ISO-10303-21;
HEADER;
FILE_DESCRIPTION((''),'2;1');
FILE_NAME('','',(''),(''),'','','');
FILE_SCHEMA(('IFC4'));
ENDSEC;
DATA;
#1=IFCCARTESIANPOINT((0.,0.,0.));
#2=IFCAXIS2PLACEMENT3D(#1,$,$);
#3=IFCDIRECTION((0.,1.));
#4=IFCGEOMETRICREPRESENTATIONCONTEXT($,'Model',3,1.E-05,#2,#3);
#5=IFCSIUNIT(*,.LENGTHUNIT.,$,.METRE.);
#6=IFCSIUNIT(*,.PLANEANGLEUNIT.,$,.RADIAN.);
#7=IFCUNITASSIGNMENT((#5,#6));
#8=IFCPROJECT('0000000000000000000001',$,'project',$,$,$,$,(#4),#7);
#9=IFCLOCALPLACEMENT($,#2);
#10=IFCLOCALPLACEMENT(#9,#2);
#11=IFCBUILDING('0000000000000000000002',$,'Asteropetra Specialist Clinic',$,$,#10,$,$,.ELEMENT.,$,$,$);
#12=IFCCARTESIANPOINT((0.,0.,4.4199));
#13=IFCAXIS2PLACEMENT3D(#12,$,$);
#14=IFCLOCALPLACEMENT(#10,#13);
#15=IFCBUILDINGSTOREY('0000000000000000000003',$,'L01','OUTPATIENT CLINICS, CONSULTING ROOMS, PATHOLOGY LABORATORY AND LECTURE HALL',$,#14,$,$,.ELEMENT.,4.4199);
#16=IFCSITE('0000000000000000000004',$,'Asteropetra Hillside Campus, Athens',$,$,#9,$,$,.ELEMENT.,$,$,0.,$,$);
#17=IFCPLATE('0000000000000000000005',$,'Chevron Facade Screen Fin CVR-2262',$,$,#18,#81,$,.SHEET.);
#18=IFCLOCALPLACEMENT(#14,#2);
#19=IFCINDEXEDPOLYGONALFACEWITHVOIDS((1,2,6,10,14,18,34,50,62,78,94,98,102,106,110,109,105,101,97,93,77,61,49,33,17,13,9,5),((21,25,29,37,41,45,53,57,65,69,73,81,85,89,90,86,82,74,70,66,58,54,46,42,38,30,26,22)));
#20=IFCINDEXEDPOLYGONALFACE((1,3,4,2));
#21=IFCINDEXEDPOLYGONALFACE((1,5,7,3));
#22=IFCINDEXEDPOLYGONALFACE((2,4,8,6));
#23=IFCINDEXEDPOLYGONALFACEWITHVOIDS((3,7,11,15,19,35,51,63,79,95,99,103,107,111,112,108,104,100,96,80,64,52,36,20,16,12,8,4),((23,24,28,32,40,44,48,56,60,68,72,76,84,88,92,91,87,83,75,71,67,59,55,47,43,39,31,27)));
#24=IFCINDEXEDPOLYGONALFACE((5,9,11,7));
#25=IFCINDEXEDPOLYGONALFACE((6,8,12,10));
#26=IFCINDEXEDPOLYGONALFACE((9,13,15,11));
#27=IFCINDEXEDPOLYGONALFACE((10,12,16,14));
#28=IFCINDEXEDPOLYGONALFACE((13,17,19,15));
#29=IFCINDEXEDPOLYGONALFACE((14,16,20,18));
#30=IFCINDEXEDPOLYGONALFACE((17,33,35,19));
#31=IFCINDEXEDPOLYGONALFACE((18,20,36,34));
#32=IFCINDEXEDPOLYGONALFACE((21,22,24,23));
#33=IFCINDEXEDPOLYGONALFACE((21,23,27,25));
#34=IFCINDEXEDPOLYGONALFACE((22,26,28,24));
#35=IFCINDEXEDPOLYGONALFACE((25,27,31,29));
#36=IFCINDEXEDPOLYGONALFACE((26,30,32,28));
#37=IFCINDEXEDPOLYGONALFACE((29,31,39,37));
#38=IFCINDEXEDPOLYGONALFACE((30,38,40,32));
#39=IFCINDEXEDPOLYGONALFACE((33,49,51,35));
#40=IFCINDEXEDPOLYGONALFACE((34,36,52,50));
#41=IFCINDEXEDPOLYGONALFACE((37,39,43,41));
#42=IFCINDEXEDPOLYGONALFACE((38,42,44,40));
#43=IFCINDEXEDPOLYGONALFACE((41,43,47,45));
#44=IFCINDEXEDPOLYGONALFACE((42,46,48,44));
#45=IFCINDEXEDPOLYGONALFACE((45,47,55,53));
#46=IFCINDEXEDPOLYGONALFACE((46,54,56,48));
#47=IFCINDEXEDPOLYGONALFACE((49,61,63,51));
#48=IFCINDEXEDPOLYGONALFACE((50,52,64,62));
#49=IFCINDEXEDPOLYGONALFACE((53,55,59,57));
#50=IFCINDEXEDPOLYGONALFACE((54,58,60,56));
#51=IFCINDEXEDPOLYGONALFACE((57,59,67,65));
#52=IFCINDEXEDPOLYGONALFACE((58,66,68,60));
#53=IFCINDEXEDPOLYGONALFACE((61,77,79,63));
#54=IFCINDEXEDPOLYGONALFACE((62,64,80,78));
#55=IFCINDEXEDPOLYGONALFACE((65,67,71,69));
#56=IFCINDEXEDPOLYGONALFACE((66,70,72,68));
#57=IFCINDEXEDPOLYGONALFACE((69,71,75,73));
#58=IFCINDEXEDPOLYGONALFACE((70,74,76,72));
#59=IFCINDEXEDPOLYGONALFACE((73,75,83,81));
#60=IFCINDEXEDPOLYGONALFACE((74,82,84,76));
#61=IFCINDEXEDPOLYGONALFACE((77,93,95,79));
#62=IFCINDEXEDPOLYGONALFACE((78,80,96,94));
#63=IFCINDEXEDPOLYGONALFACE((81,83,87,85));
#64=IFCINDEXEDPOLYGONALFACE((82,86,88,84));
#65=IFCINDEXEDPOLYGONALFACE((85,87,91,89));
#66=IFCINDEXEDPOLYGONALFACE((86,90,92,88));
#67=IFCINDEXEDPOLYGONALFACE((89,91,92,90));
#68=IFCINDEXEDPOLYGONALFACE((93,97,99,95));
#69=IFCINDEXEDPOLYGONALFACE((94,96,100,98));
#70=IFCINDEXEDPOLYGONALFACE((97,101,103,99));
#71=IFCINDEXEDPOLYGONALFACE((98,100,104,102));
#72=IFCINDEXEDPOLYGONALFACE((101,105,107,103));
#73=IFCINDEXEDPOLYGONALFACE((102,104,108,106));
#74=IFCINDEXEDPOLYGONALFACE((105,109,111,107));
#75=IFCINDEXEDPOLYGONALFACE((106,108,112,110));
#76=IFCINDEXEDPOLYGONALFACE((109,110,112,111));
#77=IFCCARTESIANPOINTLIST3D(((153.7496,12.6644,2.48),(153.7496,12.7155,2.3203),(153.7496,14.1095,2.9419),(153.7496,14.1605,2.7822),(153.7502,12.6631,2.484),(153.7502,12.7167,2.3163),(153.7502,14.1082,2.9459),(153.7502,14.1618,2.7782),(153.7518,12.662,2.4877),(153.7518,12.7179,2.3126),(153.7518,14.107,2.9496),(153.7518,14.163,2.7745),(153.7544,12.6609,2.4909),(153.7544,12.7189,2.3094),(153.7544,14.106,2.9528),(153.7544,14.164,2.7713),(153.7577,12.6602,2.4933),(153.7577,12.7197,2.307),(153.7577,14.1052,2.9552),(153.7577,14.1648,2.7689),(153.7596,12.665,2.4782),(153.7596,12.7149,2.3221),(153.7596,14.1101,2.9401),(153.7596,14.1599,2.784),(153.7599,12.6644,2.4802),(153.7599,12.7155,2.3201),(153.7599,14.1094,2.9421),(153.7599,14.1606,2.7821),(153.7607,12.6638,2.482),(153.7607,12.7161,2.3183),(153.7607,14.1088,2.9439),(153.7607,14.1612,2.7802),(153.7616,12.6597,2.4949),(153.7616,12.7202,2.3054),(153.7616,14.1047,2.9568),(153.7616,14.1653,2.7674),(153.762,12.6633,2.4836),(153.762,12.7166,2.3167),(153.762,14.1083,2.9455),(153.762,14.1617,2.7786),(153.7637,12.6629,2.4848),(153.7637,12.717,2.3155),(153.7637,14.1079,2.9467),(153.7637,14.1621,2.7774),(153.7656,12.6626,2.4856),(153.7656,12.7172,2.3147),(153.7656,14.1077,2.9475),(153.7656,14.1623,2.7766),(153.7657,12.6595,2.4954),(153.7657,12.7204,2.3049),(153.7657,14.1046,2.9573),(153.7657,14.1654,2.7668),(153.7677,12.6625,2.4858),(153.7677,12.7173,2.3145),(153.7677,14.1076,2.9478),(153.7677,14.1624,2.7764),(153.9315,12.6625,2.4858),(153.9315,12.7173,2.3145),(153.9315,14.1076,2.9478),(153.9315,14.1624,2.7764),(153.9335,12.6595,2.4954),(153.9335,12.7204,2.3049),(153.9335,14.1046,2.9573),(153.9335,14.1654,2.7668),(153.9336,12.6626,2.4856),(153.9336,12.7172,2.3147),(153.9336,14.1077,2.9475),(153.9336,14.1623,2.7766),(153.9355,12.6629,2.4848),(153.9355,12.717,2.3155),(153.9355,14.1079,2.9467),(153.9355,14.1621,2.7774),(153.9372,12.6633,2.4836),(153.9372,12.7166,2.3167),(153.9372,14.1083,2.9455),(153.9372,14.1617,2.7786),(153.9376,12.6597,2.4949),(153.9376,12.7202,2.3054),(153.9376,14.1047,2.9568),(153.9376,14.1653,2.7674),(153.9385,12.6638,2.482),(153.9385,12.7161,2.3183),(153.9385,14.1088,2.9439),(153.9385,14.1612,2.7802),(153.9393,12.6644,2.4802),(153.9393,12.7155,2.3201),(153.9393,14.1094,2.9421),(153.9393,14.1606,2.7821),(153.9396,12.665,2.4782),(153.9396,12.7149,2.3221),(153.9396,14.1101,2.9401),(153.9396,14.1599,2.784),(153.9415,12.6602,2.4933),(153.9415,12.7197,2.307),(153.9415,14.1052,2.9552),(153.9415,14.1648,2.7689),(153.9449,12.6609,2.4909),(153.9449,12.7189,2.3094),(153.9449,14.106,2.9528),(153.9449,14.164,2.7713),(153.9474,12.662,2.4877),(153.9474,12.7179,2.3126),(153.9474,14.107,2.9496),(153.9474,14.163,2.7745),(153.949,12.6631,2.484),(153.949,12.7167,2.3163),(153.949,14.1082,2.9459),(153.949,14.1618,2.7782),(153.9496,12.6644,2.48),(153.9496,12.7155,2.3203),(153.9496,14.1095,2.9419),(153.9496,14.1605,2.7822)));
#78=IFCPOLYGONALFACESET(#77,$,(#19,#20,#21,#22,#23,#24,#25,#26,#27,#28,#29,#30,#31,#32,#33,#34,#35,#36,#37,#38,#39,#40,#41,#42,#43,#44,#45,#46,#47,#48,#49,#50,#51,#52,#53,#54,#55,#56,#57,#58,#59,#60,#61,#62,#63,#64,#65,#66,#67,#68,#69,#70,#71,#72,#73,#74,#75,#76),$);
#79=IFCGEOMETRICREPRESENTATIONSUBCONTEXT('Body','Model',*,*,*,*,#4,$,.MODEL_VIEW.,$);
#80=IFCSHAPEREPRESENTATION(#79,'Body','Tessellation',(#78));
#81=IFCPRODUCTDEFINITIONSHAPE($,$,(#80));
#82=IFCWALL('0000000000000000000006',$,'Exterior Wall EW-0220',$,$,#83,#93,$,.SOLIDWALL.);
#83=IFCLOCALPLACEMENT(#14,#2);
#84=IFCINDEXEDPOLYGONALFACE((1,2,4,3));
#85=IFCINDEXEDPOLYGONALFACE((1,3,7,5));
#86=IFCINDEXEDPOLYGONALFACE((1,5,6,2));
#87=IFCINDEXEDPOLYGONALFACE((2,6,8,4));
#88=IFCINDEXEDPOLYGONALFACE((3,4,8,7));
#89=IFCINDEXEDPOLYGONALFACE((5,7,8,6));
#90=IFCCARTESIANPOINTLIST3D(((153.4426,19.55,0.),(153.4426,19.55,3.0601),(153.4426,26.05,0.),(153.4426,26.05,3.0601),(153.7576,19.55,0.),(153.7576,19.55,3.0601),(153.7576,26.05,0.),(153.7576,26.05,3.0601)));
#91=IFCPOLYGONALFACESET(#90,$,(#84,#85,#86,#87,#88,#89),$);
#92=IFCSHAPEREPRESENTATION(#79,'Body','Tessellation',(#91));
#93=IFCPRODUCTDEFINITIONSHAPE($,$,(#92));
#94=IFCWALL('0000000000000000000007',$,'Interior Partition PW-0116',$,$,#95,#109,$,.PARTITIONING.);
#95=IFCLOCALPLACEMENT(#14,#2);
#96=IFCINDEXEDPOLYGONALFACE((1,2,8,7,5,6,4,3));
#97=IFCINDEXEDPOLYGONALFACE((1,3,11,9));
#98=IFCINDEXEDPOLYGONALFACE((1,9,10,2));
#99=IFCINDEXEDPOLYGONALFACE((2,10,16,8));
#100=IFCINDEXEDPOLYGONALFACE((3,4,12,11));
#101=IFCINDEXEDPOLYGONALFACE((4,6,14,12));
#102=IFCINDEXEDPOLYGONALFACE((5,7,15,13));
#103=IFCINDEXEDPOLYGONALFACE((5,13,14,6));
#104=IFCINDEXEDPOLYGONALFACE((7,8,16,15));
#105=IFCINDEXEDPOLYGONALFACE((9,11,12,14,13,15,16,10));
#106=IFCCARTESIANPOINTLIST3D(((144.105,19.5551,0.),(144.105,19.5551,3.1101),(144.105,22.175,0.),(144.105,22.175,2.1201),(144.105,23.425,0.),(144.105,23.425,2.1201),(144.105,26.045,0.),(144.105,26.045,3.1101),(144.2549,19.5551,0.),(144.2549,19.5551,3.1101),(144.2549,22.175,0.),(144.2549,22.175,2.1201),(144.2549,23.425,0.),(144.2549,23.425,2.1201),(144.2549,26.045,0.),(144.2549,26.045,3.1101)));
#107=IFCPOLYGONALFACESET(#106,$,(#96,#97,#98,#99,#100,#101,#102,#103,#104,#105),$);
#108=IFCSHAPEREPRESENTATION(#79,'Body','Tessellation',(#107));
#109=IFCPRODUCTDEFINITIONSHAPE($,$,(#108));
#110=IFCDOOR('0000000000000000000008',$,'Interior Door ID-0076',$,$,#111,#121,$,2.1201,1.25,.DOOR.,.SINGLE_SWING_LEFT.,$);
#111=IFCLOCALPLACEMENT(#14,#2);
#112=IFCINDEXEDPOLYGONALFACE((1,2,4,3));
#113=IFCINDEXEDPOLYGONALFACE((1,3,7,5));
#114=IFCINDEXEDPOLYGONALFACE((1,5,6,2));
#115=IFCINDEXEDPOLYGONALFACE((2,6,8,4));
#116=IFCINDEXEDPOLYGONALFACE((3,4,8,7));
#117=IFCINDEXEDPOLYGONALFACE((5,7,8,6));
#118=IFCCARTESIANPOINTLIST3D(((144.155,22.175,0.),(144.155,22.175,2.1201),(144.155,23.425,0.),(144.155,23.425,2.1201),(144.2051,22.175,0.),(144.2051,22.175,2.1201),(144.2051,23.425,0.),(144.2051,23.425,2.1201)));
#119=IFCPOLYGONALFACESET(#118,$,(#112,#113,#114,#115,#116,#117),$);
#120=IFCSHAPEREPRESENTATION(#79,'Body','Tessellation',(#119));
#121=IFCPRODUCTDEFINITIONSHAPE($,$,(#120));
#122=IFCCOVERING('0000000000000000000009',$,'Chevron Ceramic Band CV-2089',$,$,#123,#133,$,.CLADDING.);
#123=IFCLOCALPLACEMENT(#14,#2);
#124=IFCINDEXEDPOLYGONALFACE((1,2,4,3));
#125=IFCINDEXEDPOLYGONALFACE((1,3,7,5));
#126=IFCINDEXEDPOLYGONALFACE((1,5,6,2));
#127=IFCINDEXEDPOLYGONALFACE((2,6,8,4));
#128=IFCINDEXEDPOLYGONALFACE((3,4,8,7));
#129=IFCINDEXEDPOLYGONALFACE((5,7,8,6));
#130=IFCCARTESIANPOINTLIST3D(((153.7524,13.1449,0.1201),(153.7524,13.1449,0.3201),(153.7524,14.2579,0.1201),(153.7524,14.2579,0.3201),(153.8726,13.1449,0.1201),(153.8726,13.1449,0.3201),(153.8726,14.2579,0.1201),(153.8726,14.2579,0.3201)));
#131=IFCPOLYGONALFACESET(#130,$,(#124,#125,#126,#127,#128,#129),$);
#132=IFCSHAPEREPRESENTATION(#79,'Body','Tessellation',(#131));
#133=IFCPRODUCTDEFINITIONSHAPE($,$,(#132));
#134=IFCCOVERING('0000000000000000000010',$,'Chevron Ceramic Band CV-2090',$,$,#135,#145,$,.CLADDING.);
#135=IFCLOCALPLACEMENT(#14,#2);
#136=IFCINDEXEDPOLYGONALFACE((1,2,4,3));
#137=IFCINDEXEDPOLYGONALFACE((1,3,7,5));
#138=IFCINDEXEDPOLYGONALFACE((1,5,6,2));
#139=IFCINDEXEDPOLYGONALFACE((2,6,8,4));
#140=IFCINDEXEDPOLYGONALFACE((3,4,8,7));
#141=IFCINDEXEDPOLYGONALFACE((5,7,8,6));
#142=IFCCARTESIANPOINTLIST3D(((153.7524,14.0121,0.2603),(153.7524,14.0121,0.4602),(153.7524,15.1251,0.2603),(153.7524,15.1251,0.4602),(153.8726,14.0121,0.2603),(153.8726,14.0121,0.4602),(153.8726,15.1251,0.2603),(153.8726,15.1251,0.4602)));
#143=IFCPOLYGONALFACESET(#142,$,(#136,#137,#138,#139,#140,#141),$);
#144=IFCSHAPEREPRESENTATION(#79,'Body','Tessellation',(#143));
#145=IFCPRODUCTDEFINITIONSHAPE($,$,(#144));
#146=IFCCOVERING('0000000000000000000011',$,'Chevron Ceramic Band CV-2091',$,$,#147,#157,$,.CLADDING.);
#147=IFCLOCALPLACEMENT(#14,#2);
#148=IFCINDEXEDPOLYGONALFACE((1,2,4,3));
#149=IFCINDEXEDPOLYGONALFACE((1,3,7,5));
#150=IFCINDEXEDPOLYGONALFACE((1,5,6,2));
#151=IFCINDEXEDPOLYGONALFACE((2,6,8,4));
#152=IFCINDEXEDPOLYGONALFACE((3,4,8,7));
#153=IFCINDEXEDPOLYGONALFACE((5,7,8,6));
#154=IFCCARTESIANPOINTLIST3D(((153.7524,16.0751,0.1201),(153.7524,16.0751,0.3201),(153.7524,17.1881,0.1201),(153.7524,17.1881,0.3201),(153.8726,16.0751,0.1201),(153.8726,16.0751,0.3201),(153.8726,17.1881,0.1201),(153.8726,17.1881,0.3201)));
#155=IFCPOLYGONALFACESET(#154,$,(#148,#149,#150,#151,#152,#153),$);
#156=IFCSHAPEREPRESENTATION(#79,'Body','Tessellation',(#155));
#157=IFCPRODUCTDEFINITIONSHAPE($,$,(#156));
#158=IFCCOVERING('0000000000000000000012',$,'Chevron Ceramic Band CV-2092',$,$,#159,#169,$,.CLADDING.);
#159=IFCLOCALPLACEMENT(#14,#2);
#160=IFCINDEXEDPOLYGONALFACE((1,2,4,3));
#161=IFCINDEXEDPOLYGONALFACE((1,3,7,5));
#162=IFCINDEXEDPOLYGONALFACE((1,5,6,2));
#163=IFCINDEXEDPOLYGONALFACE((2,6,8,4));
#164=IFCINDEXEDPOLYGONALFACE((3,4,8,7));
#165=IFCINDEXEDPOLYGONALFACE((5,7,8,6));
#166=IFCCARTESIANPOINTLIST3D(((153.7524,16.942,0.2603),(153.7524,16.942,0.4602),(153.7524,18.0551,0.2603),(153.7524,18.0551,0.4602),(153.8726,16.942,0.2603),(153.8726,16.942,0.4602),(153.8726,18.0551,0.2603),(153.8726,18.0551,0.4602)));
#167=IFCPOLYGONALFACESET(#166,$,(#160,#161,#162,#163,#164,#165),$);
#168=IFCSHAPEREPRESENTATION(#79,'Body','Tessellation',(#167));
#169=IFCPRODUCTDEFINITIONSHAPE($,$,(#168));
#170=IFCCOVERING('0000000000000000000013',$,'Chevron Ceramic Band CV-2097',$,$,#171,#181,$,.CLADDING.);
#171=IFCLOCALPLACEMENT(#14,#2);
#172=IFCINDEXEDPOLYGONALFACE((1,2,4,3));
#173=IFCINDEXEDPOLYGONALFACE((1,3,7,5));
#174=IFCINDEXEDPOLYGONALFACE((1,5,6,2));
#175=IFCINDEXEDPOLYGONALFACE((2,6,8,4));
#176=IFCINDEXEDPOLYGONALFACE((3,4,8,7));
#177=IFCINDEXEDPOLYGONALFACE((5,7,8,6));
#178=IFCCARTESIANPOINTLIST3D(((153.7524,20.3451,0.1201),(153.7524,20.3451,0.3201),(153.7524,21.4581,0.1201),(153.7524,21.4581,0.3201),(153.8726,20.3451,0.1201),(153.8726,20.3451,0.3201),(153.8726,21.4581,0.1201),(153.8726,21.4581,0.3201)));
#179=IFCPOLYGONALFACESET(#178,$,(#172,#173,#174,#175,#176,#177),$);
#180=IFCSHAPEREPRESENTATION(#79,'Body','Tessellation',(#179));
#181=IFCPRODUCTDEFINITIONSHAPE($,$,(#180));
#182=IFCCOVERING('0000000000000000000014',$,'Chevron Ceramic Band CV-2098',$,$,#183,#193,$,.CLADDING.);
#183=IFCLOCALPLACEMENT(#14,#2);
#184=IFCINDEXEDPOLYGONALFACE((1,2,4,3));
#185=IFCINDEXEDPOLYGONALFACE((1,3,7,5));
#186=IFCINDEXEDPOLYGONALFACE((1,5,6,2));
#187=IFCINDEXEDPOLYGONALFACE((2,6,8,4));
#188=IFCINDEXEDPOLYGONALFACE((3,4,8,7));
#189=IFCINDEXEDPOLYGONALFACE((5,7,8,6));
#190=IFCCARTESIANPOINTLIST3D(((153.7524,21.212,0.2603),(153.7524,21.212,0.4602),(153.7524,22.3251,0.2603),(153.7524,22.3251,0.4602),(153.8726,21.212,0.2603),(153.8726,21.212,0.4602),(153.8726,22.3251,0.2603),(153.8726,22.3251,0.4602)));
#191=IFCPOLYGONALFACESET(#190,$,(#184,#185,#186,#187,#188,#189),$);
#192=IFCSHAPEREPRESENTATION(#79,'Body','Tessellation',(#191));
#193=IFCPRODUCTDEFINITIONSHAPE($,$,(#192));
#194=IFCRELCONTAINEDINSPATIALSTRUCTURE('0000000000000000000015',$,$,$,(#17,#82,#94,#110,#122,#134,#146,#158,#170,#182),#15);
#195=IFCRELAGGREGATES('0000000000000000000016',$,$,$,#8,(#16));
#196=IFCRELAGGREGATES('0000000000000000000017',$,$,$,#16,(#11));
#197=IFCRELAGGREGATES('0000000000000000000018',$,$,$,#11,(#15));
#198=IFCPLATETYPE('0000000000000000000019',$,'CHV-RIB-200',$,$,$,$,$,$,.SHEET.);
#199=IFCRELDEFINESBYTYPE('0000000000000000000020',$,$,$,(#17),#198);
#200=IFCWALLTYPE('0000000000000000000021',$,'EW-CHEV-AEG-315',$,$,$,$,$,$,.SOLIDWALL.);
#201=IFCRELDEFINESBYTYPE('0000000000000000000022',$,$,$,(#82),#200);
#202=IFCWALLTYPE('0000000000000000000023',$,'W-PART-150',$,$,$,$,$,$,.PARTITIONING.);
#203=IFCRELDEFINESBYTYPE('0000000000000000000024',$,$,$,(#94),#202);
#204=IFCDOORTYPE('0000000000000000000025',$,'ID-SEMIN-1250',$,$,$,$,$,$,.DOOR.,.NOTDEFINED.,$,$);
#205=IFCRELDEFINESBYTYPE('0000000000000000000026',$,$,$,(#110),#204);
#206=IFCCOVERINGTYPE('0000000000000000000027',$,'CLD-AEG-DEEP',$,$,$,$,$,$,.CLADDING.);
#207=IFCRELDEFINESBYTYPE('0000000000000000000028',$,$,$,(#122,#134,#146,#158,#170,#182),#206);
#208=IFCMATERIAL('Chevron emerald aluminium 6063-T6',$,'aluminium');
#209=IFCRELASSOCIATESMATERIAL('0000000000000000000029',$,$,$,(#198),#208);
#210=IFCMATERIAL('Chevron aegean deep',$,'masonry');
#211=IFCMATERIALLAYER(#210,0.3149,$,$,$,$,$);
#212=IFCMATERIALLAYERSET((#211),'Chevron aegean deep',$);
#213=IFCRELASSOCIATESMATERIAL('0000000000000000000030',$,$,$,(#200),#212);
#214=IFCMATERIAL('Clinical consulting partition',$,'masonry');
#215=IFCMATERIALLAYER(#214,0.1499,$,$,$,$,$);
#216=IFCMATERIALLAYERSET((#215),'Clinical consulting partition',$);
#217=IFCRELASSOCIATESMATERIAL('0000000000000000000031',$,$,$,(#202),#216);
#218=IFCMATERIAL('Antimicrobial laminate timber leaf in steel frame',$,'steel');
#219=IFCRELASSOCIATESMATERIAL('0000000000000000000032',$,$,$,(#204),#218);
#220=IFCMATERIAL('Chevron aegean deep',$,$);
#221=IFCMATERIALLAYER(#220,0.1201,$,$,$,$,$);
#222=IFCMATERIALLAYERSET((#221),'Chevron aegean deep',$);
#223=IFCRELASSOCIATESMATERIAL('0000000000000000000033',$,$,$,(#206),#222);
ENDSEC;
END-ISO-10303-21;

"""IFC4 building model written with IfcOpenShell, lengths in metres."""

from ifc_helpers import new_model, si_unit, direction, frame, frame_2d, origin, origin_2d, place, context, subcontext, project, spatial, rectangle, hollow_rectangle, extrude, material, layer, layer_set, material_profile, profile_set, type_object, element, fill, save


model = new_model("IFC4")

# Units and contexts
model_context = context("Model", 3, precision=1e-05, world=origin(), true_north=direction((0.0, 1.0)))
body_context = subcontext(model_context, "Body", "Model", "MODEL_VIEW")
ifc_project = project(units=[si_unit("LENGTHUNIT", "METRE"), si_unit("PLANEANGLEUNIT", "RADIAN")], contexts=[model_context])

# Site, building, storey
site_placement = place(None, origin())
site = spatial("IfcSite", under=ifc_project, at=site_placement, Name="Asteropetra Hillside Campus, Athens", CompositionType="ELEMENT", RefElevation=0.0)
building_placement = place(site_placement, origin())
building = spatial("IfcBuilding", under=site, at=building_placement, Name="Asteropetra Specialist Clinic", CompositionType="ELEMENT")
storey_placement = place(building_placement, frame((0.0, 0.0, 4.4199)))
storey = spatial("IfcBuildingStorey", under=building, at=storey_placement, Name="L01", Description="OUTPATIENT CLINICS, CONSULTING ROOMS, PATHOLOGY LABORATORY AND LECTURE HALL", CompositionType="ELEMENT", Elevation=4.4199)

# Plate
ifc_material_1 = material(Name="Chevron emerald aluminium 6063-T6", Category="aluminium")
ifc_material_profile_1 = material_profile(ifc_material_1, hollow_rectangle(XDim=0.2, YDim=0.2, WallThickness=0.01, InnerFilletRadius=0.0081, OuterFilletRadius=0.0161, at=origin_2d()), Name="SHS 200x200x10.0")
ifc_profile_set_1 = profile_set([ifc_material_profile_1], Name="Chevron emerald aluminium 6063-T6")
plate_type = type_object("IfcPlateType", Name="CHV-RIB-200", PredefinedType="SHEET", material=ifc_profile_set_1)
for number, where, z_axis, x_axis, name in (
    (1, (153.8496, 12.6899, 2.4001), (0.0, 0.952521, 0.304472), (-1.0, 0.0, 0.0), "Chevron Facade Screen Fin CVR-2262"),
):
    element("IfcPlate", number, at=place(storey_placement, frame(where, z_axis=z_axis, x_axis=x_axis)), inside=storey, type_object=plate_type, Name=name, PredefinedType="SHEET", context=body_context, shape_type="SweptSolid", body=[
        extrude(hollow_rectangle(XDim=0.2, YDim=0.2, WallThickness=0.01, InnerFilletRadius=0.0081, OuterFilletRadius=0.0161, at=origin_2d()), origin(), (0.0, 0.0, 1.0), 1.5171),
    ])

# Wall
ifc_material_2 = material(Name="Chevron aegean deep", Category="masonry")
ifc_layer_1 = layer(ifc_material_2, 0.3149)
ifc_layer_set_1 = layer_set([ifc_layer_1], Name="Chevron aegean deep")
wall_type_1 = type_object("IfcWallType", Name="EW-CHEV-AEG-315", PredefinedType="SOLIDWALL", material=ifc_layer_set_1)
wall_1_placement = place(storey_placement, frame((153.6001, 19.55, 0.0), z_axis=(0.0, 0.0, 1.0), x_axis=(0.0, 1.0, 0.0)))
element("IfcWall", 2, at=wall_1_placement, inside=storey, type_object=wall_type_1, Name="Exterior Wall EW-0220", PredefinedType="SOLIDWALL", context=body_context, shape_type="SweptSolid", body=[
    extrude(rectangle(XDim=6.5, YDim=0.3149, at=frame_2d((3.25, 0.0))), origin(), (0.0, 0.0, 1.0), 3.0601),
])

# Wall, opening, door
ifc_material_3 = material(Name="Clinical consulting partition", Category="masonry")
ifc_layer_2 = layer(ifc_material_3, 0.1499)
ifc_layer_set_2 = layer_set([ifc_layer_2], Name="Clinical consulting partition")
wall_type_2 = type_object("IfcWallType", Name="W-PART-150", PredefinedType="PARTITIONING", material=ifc_layer_set_2)
wall_2_placement = place(storey_placement, frame((144.1799, 19.5549, 0.0), z_axis=(0.0, 0.0, 1.0), x_axis=(0.0, 1.0, 0.0)))
wall_2 = element("IfcWall", 3, at=wall_2_placement, inside=storey, type_object=wall_type_2, Name="Interior Partition PW-0116", PredefinedType="PARTITIONING", context=body_context, shape_type="SweptSolid", body=[
    extrude(rectangle(XDim=6.49, YDim=0.1499, at=frame_2d((3.2451, 0.0))), origin(), (0.0, 0.0, 1.0), 3.1101),
])
opening_placement = place(wall_2_placement, frame((2.6201, 0.0, 0.0)))
opening = element("IfcOpeningElement", 4, at=opening_placement, cuts=wall_2, PredefinedType="OPENING", context=body_context, shape_type="SweptSolid", body=[
    extrude(rectangle(XDim=1.25, YDim=2.1201, at=frame_2d((0.625, 1.0601))), frame((0.0, 0.085, 0.0), z_axis=(0.0, -1.0, 0.0), x_axis=(1.0, 0.0, 0.0)), (0.0, 0.0, 1.0), 0.1699),
])
ifc_material_4 = material(Name="Antimicrobial laminate timber leaf in steel frame", Category="steel")
door_type = type_object("IfcDoorType", Name="ID-SEMIN-1250", OperationType="NOTDEFINED", PredefinedType="DOOR", material=ifc_material_4)
door_placement = place(opening_placement, origin())
door = element("IfcDoor", 5, at=door_placement, inside=storey, type_object=door_type, Name="Interior Door ID-0076", OperationType="SINGLE_SWING_LEFT", OverallHeight=2.1201, OverallWidth=1.25, PredefinedType="DOOR", context=body_context, shape_type="SweptSolid", body=[
    extrude(rectangle(XDim=1.25, YDim=2.1201, at=frame_2d((0.625, 1.0601))), frame((0.0, 0.0249, 0.0), z_axis=(0.0, -1.0, 0.0), x_axis=(1.0, 0.0, 0.0)), (0.0, 0.0, 1.0), 0.05),
])
fill(opening, door)

# Coverings
ifc_material_5 = material(Name="Chevron aegean deep")
ifc_layer_3 = layer(ifc_material_5, 0.1201)
ifc_layer_set_3 = layer_set([ifc_layer_3], Name="Chevron aegean deep")
covering_type = type_object("IfcCoveringType", Name="CLD-AEG-DEEP", PredefinedType="CLADDING", material=ifc_layer_set_3)
for number, where, z_axis, x_axis, name in (
    (6, (153.8125, 13.7014, 0.1201), (0.0, 0.0, 1.0), (1.0, 0.0, 0.0), "Chevron Ceramic Band CV-2089"),
    (7, (153.8125, 14.5686, 0.2603), (0.0, 0.0, 1.0), (1.0, 0.0, 0.0), "Chevron Ceramic Band CV-2090"),
    (8, (153.8125, 16.6316, 0.1201), (0.0, 0.0, 1.0), (1.0, 0.0, 0.0), "Chevron Ceramic Band CV-2091"),
    (9, (153.8125, 17.4985, 0.2603), (0.0, 0.0, 1.0), (1.0, 0.0, 0.0), "Chevron Ceramic Band CV-2092"),
    (10, (153.8125, 20.9016, 0.1201), (0.0, 0.0, 1.0), (1.0, 0.0, 0.0), "Chevron Ceramic Band CV-2097"),
    (11, (153.8125, 21.7686, 0.2603), (0.0, 0.0, 1.0), (1.0, 0.0, 0.0), "Chevron Ceramic Band CV-2098"),
):
    element("IfcCovering", number, at=place(storey_placement, frame(where, z_axis=z_axis, x_axis=x_axis)), inside=storey, type_object=covering_type, Name=name, PredefinedType="CLADDING", context=body_context, shape_type="SweptSolid", body=[
        extrude(rectangle(XDim=0.1201, YDim=1.113, at=origin_2d()), origin(), (0.0, 0.0, 1.0), 0.2),
    ])

save(model, "model.ifc")
